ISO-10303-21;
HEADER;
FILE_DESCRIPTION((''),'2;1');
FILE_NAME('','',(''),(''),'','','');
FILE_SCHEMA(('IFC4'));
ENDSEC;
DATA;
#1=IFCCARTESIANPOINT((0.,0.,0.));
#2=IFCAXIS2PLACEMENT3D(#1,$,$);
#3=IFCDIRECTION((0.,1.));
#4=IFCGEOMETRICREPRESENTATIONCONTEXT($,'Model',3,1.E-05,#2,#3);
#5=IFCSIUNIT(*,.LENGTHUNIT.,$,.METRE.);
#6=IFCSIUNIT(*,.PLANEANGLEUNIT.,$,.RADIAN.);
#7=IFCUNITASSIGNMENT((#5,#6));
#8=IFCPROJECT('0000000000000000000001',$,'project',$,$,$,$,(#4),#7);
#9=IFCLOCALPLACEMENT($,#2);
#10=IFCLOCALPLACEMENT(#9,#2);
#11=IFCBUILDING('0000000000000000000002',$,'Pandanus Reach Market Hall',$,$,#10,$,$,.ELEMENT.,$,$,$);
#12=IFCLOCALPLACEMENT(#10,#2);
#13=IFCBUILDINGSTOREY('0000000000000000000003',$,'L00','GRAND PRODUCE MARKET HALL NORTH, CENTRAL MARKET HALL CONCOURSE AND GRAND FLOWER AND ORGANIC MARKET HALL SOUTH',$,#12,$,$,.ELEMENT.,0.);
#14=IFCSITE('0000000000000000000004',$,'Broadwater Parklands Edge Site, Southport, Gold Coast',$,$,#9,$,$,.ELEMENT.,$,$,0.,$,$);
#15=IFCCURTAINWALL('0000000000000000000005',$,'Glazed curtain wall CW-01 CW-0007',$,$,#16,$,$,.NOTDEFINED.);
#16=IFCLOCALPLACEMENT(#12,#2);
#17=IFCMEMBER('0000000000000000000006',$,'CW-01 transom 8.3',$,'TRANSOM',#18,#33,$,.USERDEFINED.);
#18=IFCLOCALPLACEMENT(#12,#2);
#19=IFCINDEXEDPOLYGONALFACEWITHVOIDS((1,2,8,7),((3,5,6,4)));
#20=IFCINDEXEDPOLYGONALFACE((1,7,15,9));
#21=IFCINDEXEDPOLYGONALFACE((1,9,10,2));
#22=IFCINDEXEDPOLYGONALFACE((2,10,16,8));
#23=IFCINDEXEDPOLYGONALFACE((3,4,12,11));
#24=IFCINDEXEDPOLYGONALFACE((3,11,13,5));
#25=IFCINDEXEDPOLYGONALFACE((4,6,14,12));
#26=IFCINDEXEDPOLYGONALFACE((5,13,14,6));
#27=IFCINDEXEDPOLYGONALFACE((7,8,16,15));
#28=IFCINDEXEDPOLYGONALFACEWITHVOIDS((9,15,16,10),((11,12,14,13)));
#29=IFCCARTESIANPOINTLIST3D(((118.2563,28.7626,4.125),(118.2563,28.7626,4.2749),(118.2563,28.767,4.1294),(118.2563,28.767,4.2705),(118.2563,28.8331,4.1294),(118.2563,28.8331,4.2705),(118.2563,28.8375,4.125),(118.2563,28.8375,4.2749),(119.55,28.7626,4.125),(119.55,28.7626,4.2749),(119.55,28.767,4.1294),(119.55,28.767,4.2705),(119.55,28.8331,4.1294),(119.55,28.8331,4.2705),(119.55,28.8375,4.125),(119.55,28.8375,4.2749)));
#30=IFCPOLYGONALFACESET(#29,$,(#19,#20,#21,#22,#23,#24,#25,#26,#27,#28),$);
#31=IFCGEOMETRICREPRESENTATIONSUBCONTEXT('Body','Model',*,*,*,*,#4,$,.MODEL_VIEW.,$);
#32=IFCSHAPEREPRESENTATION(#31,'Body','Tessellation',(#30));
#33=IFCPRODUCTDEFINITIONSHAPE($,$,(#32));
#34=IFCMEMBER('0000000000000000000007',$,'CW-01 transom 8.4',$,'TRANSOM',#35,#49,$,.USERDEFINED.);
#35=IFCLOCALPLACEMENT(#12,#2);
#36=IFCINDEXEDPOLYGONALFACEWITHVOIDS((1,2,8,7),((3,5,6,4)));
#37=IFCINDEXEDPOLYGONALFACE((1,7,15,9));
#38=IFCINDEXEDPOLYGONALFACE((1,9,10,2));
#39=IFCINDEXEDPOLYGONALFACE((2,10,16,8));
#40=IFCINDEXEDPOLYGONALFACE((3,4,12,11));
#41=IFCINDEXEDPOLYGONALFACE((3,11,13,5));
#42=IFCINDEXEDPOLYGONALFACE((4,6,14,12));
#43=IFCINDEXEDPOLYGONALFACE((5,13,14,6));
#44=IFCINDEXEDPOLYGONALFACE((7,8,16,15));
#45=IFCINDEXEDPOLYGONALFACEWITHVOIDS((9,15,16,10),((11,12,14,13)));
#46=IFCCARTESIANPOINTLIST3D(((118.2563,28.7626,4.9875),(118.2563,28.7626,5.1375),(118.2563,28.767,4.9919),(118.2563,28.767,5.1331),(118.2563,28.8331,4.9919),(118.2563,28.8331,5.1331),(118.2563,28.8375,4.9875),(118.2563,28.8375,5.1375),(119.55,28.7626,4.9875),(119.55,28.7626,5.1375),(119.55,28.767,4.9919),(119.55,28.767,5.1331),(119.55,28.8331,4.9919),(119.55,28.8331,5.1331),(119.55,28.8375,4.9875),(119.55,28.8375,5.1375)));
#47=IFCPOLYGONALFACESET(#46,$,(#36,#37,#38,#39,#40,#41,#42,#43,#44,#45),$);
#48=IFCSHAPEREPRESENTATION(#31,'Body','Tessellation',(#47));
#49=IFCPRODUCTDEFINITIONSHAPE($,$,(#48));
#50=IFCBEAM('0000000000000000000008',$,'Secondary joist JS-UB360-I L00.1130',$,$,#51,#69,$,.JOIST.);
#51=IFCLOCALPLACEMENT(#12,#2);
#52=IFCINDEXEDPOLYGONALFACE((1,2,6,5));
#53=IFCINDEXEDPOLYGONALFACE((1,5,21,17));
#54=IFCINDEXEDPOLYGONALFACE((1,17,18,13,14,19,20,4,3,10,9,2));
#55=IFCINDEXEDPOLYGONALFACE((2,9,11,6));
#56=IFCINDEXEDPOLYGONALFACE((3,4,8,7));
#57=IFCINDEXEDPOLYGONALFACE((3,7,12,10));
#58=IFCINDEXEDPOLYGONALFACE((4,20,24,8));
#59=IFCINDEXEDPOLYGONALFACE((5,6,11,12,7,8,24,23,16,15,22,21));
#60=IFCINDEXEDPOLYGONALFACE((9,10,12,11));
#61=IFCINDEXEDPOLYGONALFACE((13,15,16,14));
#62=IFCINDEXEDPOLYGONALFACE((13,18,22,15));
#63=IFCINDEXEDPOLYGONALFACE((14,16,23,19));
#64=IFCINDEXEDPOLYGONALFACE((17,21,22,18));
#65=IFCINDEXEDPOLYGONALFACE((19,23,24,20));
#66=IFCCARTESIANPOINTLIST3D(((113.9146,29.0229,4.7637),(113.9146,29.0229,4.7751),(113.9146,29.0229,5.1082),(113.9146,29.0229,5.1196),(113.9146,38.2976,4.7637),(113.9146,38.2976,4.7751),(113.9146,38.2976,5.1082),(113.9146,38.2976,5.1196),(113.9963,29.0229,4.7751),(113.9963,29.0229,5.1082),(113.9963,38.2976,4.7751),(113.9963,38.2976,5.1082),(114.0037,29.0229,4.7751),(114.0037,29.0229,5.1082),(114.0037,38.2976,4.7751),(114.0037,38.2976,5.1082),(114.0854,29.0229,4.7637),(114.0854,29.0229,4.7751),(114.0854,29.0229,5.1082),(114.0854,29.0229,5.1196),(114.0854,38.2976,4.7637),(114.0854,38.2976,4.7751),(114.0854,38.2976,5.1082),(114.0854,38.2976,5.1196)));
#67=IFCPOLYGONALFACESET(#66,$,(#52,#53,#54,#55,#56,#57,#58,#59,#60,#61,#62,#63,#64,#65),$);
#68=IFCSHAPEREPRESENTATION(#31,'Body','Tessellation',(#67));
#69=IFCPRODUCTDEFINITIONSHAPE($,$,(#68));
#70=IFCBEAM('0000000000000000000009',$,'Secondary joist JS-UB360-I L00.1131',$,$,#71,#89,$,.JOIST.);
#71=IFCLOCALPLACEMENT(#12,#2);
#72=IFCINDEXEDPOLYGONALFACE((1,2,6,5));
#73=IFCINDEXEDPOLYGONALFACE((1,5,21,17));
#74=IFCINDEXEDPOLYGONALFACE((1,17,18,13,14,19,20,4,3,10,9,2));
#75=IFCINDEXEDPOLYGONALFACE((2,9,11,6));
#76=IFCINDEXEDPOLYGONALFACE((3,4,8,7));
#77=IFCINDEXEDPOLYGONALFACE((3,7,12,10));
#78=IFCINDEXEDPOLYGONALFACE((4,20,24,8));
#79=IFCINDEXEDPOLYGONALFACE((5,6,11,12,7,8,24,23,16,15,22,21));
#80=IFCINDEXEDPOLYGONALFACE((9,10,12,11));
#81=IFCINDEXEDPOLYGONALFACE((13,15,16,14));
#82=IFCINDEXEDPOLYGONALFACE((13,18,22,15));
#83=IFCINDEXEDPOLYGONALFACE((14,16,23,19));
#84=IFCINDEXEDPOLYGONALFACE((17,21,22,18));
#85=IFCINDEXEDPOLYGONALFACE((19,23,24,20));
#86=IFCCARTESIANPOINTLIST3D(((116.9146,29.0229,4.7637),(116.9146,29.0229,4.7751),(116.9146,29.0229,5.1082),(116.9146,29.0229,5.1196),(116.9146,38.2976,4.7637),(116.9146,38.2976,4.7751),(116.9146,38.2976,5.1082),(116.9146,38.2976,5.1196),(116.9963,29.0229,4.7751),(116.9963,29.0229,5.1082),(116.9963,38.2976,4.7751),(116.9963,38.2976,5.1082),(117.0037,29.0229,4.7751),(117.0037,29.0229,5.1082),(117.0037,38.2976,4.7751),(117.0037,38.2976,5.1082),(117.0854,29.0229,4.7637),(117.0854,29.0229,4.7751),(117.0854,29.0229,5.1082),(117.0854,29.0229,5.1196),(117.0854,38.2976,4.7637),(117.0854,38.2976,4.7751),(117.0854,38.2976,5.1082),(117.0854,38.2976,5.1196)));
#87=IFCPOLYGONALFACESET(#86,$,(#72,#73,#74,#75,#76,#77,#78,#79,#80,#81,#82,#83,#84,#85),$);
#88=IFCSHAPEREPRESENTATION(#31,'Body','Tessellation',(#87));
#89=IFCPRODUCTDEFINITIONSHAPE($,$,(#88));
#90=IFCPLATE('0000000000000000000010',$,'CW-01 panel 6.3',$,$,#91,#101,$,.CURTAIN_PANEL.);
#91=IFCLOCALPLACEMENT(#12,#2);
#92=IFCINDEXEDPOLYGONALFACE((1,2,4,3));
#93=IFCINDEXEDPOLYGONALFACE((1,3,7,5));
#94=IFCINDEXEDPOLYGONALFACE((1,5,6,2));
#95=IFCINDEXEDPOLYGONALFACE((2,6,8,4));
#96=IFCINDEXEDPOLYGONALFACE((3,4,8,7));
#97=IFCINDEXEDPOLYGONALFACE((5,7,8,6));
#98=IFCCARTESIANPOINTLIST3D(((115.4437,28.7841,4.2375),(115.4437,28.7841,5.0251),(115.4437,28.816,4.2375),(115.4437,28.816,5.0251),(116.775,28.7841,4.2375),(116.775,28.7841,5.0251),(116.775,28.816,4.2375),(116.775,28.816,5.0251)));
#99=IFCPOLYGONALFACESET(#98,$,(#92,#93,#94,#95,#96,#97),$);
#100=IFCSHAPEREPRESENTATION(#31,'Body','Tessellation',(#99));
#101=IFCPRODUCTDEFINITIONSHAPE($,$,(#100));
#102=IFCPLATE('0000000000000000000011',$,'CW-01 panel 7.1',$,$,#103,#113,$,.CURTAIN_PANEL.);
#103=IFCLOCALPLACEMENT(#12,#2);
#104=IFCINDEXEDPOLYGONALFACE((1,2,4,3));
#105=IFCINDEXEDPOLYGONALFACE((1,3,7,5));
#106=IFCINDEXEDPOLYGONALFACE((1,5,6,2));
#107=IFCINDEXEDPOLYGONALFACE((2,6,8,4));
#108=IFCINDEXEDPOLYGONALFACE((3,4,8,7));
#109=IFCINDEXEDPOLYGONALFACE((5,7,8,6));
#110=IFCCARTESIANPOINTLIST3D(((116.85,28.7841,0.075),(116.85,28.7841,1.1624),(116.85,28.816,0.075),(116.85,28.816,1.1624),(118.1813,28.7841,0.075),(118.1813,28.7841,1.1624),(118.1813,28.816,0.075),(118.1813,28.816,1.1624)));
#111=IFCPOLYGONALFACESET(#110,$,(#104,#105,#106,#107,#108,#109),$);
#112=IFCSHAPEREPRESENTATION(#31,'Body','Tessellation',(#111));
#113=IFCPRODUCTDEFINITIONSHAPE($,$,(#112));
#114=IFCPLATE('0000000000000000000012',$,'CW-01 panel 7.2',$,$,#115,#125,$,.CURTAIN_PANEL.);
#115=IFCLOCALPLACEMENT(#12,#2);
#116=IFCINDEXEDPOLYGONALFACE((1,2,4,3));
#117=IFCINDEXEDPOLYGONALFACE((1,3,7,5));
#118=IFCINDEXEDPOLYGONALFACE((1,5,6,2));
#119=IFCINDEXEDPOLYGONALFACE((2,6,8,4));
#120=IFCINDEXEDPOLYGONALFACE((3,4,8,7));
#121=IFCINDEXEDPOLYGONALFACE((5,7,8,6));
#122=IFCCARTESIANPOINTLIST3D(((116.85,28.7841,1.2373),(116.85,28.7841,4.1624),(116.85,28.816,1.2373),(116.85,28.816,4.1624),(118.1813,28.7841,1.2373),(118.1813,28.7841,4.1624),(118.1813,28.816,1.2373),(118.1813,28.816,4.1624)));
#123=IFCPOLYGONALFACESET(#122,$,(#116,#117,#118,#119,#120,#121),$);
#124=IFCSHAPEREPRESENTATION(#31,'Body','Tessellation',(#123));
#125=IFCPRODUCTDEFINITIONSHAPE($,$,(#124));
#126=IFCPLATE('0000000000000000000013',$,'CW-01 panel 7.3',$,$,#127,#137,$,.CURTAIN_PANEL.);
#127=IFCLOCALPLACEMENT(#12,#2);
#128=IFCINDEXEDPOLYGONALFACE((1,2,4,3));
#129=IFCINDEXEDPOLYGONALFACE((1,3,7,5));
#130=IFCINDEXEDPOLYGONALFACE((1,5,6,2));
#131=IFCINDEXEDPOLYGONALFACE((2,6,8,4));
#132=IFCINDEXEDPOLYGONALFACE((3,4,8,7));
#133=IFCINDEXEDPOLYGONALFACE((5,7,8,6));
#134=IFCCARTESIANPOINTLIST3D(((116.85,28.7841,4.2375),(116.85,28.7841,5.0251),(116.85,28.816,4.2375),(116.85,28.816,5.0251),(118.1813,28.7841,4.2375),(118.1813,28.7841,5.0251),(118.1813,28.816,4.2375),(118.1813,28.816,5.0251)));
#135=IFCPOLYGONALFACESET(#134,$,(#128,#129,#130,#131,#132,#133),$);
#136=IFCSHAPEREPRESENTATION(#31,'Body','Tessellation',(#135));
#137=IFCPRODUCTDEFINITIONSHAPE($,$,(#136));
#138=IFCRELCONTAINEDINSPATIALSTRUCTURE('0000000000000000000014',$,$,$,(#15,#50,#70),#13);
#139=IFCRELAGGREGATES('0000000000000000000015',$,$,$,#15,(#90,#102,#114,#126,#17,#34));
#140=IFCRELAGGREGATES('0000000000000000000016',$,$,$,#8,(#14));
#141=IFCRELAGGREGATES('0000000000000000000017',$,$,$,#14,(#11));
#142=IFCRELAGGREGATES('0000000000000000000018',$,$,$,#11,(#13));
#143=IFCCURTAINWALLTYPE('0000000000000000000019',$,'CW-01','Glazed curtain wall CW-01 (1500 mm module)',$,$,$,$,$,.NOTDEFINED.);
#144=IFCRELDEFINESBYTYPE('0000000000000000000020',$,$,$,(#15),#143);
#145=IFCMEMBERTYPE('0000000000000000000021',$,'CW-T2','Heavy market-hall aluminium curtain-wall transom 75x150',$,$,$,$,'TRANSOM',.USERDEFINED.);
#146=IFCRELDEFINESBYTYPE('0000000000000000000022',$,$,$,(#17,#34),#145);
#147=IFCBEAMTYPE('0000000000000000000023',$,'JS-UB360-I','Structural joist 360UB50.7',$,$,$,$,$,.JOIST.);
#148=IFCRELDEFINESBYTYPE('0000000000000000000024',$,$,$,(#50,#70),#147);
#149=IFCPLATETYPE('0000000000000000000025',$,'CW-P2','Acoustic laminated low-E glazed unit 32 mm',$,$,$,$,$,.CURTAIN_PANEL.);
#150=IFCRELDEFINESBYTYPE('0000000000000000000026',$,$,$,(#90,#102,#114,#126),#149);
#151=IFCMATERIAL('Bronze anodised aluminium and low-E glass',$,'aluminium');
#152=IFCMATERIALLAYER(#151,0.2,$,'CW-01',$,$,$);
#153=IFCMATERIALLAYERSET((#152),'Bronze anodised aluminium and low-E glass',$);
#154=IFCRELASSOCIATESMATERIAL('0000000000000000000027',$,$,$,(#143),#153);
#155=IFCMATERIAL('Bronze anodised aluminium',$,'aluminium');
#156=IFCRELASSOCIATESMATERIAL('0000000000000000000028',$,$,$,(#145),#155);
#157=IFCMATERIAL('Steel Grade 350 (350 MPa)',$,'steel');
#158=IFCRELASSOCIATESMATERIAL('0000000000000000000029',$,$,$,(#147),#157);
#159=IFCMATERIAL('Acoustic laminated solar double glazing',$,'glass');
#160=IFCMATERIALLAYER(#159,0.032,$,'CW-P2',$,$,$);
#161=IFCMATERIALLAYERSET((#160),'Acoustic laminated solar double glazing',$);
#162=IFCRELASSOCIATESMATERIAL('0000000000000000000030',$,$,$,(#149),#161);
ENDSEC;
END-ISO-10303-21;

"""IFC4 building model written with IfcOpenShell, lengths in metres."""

from ifc_helpers import new_model, si_unit, direction, frame, origin, origin_2d, place, context, subcontext, project, spatial, rectangle, hollow_rectangle, i_section, extrude, material, layer, layer_set, material_profile, profile_set, type_object, element, aggregate, save


model = new_model("IFC4")

# Units and contexts
model_context = context("Model", 3, precision=1e-05, world=origin(), true_north=direction((0.0, 1.0)))
body_context = subcontext(model_context, "Body", "Model", "MODEL_VIEW")
ifc_project = project(units=[si_unit("LENGTHUNIT", "METRE"), si_unit("PLANEANGLEUNIT", "RADIAN")], contexts=[model_context])

# Site, building, storey
site_placement = place(None, origin())
site = spatial("IfcSite", under=ifc_project, at=site_placement, Name="Broadwater Parklands Edge Site, Southport, Gold Coast", CompositionType="ELEMENT", RefElevation=0.0)
building_placement = place(site_placement, origin())
building = spatial("IfcBuilding", under=site, at=building_placement, Name="Pandanus Reach Market Hall", CompositionType="ELEMENT")
storey_placement = place(building_placement, origin())
storey = spatial("IfcBuildingStorey", under=building, at=storey_placement, Name="L00", Description="GRAND PRODUCE MARKET HALL NORTH, CENTRAL MARKET HALL CONCOURSE AND GRAND FLOWER AND ORGANIC MARKET HALL SOUTH", CompositionType="ELEMENT", Elevation=0.0)

# Curtain wall, members
ifc_material_1 = material(Name="Bronze anodised aluminium and low-E glass", Category="aluminium")
ifc_layer_1 = layer(ifc_material_1, 0.2, Name="CW-01")
ifc_layer_set_1 = layer_set([ifc_layer_1], Name="Bronze anodised aluminium and low-E glass")
curtain_wall_type = type_object("IfcCurtainWallType", Name="CW-01", Description="Glazed curtain wall CW-01 (1500 mm module)", PredefinedType="NOTDEFINED", material=ifc_layer_set_1)
curtain_wall_placement = place(storey_placement, origin())
curtain_wall = element("IfcCurtainWall", 1, at=curtain_wall_placement, inside=storey, type_object=curtain_wall_type, Name="Glazed curtain wall CW-01 CW-0007", PredefinedType="NOTDEFINED")
ifc_material_2 = material(Name="Bronze anodised aluminium", Category="aluminium")
ifc_material_profile_1 = material_profile(ifc_material_2, hollow_rectangle(XDim=0.075, YDim=0.1499, WallThickness=0.0044, at=origin_2d()), Name="ALU75x150", Category="LoadBearing")
ifc_profile_set_1 = profile_set([ifc_material_profile_1], Name="Bronze anodised aluminium")
member_type_1 = type_object("IfcMemberType", Name="CW-T2", Description="Heavy market-hall aluminium curtain-wall transom 75x150", ElementType="TRANSOM", PredefinedType="USERDEFINED", material=ifc_profile_set_1)
member_1_placement = place(storey_placement, frame((118.2563, 28.8, 4.2), z_axis=(1.0, 0.0, 0.0), x_axis=(0.0, 1.0, 0.0)))
member_1 = element("IfcMember", 2, at=member_1_placement, type_object=member_type_1, Name="CW-01 transom 8.3", ObjectType="TRANSOM", PredefinedType="USERDEFINED", context=body_context, shape_type="SweptSolid", body=[
    extrude(hollow_rectangle(XDim=0.075, YDim=0.1499, WallThickness=0.0044, at=origin_2d()), origin(), (0.0, 0.0, 1.0), 1.2937),
])
member_2_placement = place(storey_placement, frame((118.2563, 28.8, 5.0625), z_axis=(1.0, 0.0, 0.0), x_axis=(0.0, 1.0, 0.0)))
member_2 = element("IfcMember", 3, at=member_2_placement, type_object=member_type_1, Name="CW-01 transom 8.4", ObjectType="TRANSOM", PredefinedType="USERDEFINED", context=body_context, shape_type="SweptSolid", body=[
    extrude(hollow_rectangle(XDim=0.075, YDim=0.1499, WallThickness=0.0044, at=origin_2d()), origin(), (0.0, 0.0, 1.0), 1.2937),
])

# Beams
ifc_material_3 = material(Name="Steel Grade 350 (350 MPa)", Category="steel")
ifc_material_profile_2 = material_profile(ifc_material_3, i_section(OverallWidth=0.1709, OverallDepth=0.356, WebThickness=0.0073, FlangeThickness=0.0115, at=origin_2d()), Name="360UB50.7", Category="LoadBearing")
ifc_profile_set_2 = profile_set([ifc_material_profile_2], Name="Steel Grade 350 (350 MPa)")
beam_type = type_object("IfcBeamType", Name="JS-UB360-I", Description="Structural joist 360UB50.7", PredefinedType="JOIST", material=ifc_profile_set_2)
for number, where, z_axis, x_axis, name in (
    (4, (114.0, 29.0229, 4.9417), (0.0, 1.0, 0.0), (-1.0, 0.0, 0.0), "Secondary joist JS-UB360-I L00.1130"),
    (5, (117.0, 29.0229, 4.9417), (0.0, 1.0, 0.0), (-1.0, 0.0, 0.0), "Secondary joist JS-UB360-I L00.1131"),
):
    element("IfcBeam", number, at=place(storey_placement, frame(where, z_axis=z_axis, x_axis=x_axis)), inside=storey, type_object=beam_type, Name=name, PredefinedType="JOIST", context=body_context, shape_type="SweptSolid", body=[
        extrude(i_section(OverallWidth=0.1709, OverallDepth=0.356, WebThickness=0.0073, FlangeThickness=0.0115, at=origin_2d()), origin(), (0.0, 0.0, 1.0), 9.2747),
    ])

# Plates
ifc_material_4 = material(Name="Acoustic laminated solar double glazing", Category="glass")
ifc_layer_2 = layer(ifc_material_4, 0.032, Name="CW-P2")
ifc_layer_set_2 = layer_set([ifc_layer_2], Name="Acoustic laminated solar double glazing")
plate_type = type_object("IfcPlateType", Name="CW-P2", Description="Acoustic laminated low-E glazed unit 32 mm", PredefinedType="CURTAIN_PANEL", material=ifc_layer_set_2)
plate_1_placement = place(storey_placement, frame((116.1094, 28.8, 4.2375), z_axis=(0.0, 0.0, 1.0), x_axis=(1.0, 0.0, 0.0)))
plate_1 = element("IfcPlate", 6, at=plate_1_placement, type_object=plate_type, Name="CW-01 panel 6.3", PredefinedType="CURTAIN_PANEL", context=body_context, shape_type="SweptSolid", body=[
    extrude(rectangle(XDim=1.3313, YDim=0.032, at=origin_2d()), origin(), (0.0, 0.0, 1.0), 0.7876),
])
plate_2_placement = place(storey_placement, frame((117.5156, 28.8, 0.075), z_axis=(0.0, 0.0, 1.0), x_axis=(1.0, 0.0, 0.0)))
plate_2 = element("IfcPlate", 7, at=plate_2_placement, type_object=plate_type, Name="CW-01 panel 7.1", PredefinedType="CURTAIN_PANEL", context=body_context, shape_type="SweptSolid", body=[
    extrude(rectangle(XDim=1.3313, YDim=0.032, at=origin_2d()), origin(), (0.0, 0.0, 1.0), 1.0874),
])
plate_3_placement = place(storey_placement, frame((117.5156, 28.8, 1.2373), z_axis=(0.0, 0.0, 1.0), x_axis=(1.0, 0.0, 0.0)))
plate_3 = element("IfcPlate", 8, at=plate_3_placement, type_object=plate_type, Name="CW-01 panel 7.2", PredefinedType="CURTAIN_PANEL", context=body_context, shape_type="SweptSolid", body=[
    extrude(rectangle(XDim=1.3313, YDim=0.032, at=origin_2d()), origin(), (0.0, 0.0, 1.0), 2.925),
])
plate_4_placement = place(storey_placement, frame((117.5156, 28.8, 4.2375), z_axis=(0.0, 0.0, 1.0), x_axis=(1.0, 0.0, 0.0)))
plate_4 = element("IfcPlate", 9, at=plate_4_placement, type_object=plate_type, Name="CW-01 panel 7.3", PredefinedType="CURTAIN_PANEL", context=body_context, shape_type="SweptSolid", body=[
    extrude(rectangle(XDim=1.3313, YDim=0.032, at=origin_2d()), origin(), (0.0, 0.0, 1.0), 0.7876),
])
aggregate(curtain_wall, [plate_1, plate_2, plate_3, plate_4, member_1, member_2])

save(model, "model.ifc")
